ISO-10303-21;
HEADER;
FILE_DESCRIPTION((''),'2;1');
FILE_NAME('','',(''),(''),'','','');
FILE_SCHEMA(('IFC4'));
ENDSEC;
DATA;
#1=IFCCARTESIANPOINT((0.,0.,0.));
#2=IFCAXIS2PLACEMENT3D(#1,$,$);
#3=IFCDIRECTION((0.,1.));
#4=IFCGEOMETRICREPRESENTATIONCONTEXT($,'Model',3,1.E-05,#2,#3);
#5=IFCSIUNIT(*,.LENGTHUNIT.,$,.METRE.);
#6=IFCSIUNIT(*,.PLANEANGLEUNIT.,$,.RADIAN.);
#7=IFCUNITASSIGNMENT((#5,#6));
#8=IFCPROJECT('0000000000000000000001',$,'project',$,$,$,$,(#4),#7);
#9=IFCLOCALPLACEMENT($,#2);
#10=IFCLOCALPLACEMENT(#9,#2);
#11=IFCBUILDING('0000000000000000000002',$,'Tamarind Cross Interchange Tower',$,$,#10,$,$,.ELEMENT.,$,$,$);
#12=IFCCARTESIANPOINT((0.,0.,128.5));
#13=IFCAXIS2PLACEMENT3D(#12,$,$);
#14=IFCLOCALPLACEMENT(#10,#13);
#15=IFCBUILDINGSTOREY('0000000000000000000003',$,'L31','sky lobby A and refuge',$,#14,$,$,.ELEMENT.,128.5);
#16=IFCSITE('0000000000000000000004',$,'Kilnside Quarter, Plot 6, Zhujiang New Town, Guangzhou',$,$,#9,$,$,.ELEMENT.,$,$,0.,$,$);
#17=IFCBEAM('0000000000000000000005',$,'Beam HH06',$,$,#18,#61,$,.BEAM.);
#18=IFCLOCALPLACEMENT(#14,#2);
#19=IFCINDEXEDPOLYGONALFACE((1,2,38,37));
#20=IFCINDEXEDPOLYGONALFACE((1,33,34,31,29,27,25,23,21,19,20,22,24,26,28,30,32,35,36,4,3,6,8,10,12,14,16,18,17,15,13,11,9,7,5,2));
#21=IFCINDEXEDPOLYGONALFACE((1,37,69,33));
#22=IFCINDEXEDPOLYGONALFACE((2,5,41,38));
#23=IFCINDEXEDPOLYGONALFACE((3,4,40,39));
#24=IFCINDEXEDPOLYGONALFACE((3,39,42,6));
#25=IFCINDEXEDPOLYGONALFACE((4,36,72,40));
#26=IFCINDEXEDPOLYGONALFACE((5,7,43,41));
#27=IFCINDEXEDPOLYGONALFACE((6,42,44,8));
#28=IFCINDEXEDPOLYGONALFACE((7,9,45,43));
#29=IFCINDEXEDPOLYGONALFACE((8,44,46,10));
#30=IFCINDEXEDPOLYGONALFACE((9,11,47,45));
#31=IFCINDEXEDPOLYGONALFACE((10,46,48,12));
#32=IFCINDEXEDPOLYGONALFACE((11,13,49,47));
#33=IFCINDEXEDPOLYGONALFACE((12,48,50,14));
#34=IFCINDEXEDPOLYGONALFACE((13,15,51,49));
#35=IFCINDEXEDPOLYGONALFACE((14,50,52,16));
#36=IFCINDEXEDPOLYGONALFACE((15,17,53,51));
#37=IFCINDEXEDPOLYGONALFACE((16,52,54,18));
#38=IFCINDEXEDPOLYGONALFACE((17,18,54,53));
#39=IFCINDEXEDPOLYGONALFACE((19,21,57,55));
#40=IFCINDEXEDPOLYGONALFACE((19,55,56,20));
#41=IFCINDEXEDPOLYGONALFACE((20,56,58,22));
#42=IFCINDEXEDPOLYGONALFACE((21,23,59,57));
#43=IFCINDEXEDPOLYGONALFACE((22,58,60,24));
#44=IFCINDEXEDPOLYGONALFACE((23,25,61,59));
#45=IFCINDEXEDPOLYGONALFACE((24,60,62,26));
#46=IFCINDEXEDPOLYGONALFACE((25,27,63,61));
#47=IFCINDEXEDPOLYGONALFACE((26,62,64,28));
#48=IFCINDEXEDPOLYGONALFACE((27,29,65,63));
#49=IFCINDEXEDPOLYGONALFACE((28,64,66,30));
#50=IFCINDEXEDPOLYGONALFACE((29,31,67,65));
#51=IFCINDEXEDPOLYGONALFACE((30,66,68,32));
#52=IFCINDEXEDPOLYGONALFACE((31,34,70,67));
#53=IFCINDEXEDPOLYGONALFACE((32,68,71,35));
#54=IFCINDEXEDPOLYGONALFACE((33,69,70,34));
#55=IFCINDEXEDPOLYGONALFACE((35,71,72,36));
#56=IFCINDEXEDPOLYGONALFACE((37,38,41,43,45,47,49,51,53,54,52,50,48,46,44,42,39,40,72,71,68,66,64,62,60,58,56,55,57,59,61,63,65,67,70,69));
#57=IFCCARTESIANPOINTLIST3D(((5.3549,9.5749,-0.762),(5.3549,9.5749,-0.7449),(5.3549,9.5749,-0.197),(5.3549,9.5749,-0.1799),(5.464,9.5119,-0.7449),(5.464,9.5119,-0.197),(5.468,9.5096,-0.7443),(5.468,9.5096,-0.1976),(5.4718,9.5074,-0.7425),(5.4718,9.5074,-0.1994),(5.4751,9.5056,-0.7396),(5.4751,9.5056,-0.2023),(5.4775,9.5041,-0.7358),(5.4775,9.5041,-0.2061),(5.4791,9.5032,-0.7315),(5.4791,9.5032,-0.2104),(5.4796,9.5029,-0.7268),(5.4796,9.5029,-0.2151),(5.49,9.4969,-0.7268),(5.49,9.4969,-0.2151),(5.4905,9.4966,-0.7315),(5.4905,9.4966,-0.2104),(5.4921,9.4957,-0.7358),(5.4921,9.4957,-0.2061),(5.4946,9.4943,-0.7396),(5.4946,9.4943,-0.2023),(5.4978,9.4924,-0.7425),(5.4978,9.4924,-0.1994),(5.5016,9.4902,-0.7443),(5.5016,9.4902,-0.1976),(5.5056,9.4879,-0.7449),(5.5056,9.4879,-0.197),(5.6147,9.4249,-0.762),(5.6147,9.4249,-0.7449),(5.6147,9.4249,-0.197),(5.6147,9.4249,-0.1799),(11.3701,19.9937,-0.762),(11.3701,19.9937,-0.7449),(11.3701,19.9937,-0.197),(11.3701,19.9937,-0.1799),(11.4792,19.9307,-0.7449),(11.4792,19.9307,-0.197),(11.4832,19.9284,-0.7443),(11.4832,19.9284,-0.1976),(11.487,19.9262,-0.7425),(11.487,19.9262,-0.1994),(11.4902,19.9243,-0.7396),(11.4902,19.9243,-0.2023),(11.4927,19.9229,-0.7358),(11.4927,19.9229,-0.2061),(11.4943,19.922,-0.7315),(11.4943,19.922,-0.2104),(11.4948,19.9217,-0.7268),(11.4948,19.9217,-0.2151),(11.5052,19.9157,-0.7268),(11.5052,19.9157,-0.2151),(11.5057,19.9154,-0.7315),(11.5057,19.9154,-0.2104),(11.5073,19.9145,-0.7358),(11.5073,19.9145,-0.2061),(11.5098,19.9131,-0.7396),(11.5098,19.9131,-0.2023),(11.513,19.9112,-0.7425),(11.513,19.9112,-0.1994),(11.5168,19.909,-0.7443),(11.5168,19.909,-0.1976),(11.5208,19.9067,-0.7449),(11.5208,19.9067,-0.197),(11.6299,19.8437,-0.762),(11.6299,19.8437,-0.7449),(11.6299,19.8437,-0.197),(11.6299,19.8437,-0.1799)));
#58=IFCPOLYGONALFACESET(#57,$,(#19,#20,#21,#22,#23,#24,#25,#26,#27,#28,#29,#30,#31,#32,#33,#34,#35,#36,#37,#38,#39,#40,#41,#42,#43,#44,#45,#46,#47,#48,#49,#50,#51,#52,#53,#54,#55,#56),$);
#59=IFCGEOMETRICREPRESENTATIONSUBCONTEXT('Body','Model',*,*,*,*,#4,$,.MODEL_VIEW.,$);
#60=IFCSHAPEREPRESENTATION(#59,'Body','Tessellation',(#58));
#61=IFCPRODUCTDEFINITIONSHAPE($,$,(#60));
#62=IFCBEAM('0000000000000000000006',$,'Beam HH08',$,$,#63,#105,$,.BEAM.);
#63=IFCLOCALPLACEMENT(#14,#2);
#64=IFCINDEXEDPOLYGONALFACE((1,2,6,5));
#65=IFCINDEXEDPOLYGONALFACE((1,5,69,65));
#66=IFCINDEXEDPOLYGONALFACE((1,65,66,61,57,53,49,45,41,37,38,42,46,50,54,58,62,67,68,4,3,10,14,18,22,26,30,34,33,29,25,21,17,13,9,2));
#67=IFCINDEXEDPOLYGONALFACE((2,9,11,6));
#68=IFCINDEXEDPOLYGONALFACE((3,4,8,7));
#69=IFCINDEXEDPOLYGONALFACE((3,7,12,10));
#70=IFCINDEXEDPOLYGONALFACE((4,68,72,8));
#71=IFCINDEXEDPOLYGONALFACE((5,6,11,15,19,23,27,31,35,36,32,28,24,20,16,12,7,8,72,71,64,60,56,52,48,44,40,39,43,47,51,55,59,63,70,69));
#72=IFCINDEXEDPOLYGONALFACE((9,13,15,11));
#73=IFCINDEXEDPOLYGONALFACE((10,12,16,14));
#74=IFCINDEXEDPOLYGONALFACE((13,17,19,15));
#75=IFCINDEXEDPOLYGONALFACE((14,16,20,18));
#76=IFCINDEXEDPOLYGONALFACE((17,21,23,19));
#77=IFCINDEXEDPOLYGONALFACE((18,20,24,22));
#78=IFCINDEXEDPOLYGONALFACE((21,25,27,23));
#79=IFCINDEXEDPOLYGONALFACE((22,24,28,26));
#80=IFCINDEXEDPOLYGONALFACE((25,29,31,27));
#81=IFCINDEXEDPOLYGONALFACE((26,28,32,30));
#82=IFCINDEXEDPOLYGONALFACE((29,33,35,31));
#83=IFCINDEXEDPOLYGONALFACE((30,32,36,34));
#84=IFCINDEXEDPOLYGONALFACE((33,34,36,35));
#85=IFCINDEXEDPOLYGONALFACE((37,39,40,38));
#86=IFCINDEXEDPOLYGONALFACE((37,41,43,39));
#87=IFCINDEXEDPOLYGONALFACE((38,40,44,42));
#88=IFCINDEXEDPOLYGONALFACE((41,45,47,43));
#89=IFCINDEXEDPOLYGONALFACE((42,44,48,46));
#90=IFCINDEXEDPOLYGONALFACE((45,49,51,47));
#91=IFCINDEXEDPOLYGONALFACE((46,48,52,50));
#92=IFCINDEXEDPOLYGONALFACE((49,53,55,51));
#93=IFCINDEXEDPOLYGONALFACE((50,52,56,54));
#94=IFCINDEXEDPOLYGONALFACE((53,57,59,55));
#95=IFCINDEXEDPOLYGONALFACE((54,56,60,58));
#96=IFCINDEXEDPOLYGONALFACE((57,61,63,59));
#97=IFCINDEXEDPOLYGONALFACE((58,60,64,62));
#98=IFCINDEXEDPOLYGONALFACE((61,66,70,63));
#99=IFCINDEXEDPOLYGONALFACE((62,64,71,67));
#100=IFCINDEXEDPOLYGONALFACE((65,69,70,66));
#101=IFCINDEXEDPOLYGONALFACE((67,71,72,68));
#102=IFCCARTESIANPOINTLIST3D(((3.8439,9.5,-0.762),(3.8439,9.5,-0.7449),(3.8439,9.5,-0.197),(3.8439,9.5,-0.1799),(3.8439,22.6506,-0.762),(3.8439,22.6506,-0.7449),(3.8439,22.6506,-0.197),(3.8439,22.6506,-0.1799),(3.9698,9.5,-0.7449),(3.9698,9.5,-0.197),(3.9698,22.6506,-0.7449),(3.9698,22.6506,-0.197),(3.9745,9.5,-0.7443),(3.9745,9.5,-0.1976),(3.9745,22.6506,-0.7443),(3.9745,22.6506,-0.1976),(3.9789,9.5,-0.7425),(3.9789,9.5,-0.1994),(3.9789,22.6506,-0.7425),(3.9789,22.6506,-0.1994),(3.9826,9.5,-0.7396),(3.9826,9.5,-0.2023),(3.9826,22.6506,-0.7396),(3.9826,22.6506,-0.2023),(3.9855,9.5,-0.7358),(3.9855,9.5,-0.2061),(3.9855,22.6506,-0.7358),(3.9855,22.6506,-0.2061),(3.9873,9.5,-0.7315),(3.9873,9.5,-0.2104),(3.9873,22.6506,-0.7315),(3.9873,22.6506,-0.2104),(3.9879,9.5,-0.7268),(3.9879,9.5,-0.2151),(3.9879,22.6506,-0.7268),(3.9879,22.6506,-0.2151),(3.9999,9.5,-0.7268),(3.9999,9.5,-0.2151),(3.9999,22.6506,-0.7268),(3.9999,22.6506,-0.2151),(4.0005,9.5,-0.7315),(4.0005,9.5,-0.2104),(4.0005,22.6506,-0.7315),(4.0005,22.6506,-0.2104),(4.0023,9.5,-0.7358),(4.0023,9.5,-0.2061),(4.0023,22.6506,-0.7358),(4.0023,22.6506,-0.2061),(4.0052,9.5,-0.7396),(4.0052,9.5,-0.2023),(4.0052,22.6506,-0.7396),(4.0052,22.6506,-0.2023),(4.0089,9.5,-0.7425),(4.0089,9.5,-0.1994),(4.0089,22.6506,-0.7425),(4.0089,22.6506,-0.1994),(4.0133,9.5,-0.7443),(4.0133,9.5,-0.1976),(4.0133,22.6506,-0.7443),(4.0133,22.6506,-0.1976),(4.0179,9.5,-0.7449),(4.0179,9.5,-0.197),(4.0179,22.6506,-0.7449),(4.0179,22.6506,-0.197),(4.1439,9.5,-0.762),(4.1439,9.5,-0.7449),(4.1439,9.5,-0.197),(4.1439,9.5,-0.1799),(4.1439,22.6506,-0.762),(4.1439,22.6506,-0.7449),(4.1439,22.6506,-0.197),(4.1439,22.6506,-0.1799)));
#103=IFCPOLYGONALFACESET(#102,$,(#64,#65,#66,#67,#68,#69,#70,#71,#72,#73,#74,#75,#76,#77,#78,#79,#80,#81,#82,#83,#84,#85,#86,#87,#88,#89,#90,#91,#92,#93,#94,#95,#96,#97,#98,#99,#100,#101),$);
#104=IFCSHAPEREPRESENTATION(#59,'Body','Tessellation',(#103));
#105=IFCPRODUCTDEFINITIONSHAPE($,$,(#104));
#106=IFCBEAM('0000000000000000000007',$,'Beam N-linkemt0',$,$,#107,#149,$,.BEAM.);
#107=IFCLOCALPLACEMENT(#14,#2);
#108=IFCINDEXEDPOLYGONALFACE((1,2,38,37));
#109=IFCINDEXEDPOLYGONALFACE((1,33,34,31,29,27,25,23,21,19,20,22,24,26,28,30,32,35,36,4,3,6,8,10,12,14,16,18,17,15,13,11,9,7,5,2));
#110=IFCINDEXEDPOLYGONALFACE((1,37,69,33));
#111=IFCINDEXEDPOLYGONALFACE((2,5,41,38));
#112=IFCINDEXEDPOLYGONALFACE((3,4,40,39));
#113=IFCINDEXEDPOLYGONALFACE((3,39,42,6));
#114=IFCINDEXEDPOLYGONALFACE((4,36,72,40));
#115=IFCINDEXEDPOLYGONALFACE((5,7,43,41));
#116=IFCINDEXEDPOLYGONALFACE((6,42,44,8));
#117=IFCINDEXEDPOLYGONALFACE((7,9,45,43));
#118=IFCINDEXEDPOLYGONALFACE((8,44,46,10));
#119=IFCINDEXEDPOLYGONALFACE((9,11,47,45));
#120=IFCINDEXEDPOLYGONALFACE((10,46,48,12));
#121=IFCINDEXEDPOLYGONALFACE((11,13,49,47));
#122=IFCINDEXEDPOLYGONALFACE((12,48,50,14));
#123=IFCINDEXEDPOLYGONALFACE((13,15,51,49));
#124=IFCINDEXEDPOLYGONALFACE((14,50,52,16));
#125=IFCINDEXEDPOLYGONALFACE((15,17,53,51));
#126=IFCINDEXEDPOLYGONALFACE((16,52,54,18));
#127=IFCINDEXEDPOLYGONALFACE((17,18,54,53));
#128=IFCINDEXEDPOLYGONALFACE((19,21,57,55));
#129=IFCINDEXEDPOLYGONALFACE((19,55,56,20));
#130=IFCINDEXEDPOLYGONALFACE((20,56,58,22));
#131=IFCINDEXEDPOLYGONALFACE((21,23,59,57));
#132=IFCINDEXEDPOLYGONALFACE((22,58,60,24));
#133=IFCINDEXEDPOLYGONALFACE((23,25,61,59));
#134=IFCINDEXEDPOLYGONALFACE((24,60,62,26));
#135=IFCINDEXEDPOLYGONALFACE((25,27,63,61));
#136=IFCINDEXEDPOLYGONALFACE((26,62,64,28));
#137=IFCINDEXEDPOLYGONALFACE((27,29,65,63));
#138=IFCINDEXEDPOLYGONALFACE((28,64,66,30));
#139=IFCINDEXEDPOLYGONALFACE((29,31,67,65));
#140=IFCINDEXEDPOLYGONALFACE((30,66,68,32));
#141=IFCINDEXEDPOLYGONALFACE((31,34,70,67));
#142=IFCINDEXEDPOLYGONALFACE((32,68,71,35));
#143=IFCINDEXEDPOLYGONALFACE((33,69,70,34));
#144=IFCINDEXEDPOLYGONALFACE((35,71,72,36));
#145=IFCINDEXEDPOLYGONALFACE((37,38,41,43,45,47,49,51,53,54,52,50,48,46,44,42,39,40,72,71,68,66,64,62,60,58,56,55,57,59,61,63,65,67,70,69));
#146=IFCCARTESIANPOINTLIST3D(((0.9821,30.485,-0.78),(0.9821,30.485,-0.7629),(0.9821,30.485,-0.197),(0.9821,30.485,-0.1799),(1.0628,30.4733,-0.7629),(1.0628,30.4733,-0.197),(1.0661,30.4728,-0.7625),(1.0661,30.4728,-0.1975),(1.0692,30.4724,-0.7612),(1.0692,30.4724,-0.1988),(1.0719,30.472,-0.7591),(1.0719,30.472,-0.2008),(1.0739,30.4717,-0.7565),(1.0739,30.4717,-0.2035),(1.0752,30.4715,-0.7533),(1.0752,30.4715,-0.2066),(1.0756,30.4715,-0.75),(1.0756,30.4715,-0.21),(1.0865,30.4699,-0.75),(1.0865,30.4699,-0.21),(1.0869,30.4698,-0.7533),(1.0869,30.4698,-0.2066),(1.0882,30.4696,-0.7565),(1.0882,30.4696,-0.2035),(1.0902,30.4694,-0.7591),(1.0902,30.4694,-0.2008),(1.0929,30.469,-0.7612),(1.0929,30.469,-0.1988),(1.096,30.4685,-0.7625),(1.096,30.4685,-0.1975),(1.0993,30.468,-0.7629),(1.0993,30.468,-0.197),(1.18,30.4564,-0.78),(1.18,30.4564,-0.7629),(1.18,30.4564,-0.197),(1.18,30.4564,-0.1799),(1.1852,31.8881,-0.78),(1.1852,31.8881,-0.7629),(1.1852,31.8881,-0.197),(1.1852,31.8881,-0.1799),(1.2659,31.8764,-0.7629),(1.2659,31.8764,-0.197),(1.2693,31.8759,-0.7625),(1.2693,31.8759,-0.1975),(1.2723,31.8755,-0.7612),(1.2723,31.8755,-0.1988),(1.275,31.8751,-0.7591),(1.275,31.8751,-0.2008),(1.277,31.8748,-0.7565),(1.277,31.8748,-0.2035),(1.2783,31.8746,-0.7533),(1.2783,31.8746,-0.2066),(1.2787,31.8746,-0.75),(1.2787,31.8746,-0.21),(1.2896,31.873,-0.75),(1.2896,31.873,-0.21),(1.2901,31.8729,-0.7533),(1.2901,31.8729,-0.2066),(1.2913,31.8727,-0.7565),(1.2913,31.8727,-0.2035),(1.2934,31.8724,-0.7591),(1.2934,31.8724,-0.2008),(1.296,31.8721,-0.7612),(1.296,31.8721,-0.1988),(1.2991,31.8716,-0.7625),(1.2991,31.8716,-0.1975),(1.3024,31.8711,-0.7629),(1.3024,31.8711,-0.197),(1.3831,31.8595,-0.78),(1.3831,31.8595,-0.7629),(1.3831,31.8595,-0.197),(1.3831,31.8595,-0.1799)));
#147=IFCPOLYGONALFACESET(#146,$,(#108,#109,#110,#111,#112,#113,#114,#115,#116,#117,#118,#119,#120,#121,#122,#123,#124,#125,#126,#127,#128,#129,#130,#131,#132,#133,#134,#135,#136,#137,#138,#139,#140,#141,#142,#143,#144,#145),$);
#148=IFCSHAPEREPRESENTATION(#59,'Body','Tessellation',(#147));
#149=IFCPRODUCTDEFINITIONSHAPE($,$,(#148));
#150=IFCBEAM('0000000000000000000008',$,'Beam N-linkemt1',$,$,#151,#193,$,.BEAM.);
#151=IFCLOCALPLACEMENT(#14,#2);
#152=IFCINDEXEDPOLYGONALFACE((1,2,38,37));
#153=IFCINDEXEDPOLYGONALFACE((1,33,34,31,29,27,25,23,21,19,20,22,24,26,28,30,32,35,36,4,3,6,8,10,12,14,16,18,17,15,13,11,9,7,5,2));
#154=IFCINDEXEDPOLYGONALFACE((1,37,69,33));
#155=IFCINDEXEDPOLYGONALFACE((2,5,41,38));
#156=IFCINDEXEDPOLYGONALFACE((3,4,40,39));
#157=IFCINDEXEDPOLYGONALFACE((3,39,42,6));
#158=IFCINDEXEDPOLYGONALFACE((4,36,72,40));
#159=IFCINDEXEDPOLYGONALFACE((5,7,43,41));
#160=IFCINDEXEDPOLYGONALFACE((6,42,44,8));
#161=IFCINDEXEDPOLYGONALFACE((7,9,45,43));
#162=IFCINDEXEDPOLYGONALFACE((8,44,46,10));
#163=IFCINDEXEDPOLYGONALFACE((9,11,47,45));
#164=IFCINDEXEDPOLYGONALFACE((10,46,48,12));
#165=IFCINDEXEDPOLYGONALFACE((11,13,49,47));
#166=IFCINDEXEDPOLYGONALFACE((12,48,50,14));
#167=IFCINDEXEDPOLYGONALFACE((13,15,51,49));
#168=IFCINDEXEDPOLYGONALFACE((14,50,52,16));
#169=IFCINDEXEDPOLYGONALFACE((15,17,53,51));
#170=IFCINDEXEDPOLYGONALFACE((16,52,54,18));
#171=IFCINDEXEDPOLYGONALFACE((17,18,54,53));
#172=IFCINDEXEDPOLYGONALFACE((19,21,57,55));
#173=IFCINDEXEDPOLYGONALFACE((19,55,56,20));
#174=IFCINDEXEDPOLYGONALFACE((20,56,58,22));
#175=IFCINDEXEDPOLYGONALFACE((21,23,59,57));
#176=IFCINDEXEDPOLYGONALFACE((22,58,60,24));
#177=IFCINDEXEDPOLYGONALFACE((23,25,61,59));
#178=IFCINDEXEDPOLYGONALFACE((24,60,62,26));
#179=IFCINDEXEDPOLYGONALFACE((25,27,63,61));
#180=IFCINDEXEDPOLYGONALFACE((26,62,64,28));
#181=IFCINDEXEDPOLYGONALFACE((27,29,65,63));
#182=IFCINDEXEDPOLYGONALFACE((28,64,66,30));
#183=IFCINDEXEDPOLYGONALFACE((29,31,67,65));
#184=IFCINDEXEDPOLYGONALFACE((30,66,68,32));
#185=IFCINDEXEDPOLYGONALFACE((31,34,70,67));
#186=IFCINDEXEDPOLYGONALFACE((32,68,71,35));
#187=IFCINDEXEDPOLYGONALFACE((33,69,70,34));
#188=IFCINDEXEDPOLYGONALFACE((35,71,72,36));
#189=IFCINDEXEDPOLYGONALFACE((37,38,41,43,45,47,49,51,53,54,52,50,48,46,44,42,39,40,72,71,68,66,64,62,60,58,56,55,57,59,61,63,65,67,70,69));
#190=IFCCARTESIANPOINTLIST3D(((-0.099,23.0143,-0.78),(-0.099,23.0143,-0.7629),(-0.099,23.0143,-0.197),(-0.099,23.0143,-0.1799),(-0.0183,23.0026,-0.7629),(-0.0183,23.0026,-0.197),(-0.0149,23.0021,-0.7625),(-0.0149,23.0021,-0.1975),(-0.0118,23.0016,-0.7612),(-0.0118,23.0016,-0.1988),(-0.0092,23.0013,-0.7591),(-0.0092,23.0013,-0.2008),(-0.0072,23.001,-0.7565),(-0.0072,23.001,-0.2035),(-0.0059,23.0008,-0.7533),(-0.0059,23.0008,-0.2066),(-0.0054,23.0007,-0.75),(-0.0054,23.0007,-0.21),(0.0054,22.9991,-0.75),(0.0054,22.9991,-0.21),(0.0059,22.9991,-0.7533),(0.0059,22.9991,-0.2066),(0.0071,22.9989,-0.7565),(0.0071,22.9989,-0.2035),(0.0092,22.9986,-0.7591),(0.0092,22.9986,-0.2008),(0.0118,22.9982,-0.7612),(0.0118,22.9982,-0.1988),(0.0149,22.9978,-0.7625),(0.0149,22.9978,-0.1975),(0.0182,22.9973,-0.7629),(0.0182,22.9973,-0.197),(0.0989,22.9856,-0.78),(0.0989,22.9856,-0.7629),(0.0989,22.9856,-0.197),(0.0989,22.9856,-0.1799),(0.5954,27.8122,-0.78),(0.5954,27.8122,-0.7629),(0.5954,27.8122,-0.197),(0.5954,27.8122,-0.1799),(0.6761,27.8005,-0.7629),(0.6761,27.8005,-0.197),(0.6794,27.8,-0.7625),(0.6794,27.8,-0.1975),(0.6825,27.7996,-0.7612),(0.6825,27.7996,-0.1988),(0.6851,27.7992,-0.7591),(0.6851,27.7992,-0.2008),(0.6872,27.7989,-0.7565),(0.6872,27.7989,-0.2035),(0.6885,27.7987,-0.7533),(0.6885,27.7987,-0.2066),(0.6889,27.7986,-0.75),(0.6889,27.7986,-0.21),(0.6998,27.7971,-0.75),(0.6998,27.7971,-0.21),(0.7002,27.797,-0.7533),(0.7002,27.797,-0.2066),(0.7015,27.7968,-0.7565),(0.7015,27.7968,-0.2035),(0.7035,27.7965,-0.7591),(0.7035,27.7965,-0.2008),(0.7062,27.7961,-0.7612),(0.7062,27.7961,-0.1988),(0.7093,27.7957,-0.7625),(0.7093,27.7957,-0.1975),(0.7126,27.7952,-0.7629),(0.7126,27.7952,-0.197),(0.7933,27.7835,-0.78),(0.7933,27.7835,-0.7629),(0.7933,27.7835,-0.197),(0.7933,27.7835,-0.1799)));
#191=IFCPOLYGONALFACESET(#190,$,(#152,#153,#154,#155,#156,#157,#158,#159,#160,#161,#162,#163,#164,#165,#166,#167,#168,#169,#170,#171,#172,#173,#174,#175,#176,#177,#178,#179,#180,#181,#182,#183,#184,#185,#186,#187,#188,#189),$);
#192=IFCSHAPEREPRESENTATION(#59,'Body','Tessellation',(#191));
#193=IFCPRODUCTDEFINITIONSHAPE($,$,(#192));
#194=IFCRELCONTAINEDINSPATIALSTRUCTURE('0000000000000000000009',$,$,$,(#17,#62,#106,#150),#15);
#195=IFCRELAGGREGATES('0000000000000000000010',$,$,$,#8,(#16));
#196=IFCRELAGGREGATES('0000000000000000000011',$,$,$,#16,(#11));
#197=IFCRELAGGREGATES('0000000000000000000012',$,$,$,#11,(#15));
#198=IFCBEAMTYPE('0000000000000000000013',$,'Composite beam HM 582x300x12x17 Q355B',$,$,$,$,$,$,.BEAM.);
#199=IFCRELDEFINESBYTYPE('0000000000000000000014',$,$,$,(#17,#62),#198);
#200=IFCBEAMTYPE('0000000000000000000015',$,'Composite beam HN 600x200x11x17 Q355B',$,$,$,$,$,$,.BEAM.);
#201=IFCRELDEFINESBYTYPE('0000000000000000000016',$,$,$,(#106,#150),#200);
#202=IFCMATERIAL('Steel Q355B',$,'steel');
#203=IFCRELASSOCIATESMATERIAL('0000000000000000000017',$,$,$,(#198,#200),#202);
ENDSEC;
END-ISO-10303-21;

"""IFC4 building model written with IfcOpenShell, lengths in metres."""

from ifc_helpers import new_model, si_unit, direction, frame, origin, origin_2d, place, context, subcontext, project, spatial, i_section, extrude, material, material_profile, profile_set, type_object, element, save


model = new_model("IFC4")

# Units and contexts
model_context = context("Model", 3, precision=1e-05, world=origin(), true_north=direction((0.0, 1.0)))
body_context = subcontext(model_context, "Body", "Model", "MODEL_VIEW")
ifc_project = project(units=[si_unit("LENGTHUNIT", "METRE"), si_unit("PLANEANGLEUNIT", "RADIAN")], contexts=[model_context])

# Site, building, storey
site_placement = place(None, origin())
site = spatial("IfcSite", under=ifc_project, at=site_placement, Name="Kilnside Quarter, Plot 6, Zhujiang New Town, Guangzhou", CompositionType="ELEMENT", RefElevation=0.0)
building_placement = place(site_placement, origin())
building = spatial("IfcBuilding", under=site, at=building_placement, Name="Tamarind Cross Interchange Tower", CompositionType="ELEMENT")
storey_placement = place(building_placement, frame((0.0, 0.0, 128.5)))
storey = spatial("IfcBuildingStorey", under=building, at=storey_placement, Name="L31", Description="sky lobby A and refuge", CompositionType="ELEMENT", Elevation=128.5)

# Beams
ifc_material_1 = material(Name="Steel Q355B", Category="steel")
ifc_material_profile_1 = material_profile(ifc_material_1, i_section(OverallWidth=0.3, OverallDepth=0.582, WebThickness=0.012, FlangeThickness=0.0171, FilletRadius=0.0181, at=origin_2d()), Name="HM 582x300x12x17")
ifc_profile_set_1 = profile_set([ifc_material_profile_1], Name="Steel Q355B")
beam_type_1 = type_object("IfcBeamType", Name="Composite beam HM 582x300x12x17 Q355B", PredefinedType="BEAM", material=ifc_profile_set_1)
beam_1_placement = place(storey_placement, frame((11.5, 19.9187, -0.4709), z_axis=(-0.499994, -0.866029, 0.0), x_axis=(0.866029, -0.499994, 0.0)))
element("IfcBeam", 1, at=beam_1_placement, inside=storey, type_object=beam_type_1, Name="Beam HH06", PredefinedType="BEAM", context=body_context, shape_type="SweptSolid", body=[
    extrude(i_section(OverallWidth=0.3, OverallDepth=0.582, WebThickness=0.012, FlangeThickness=0.0171, FilletRadius=0.0181, at=origin_2d()), origin(), (0.0, 0.0, 1.0), 12.0305),
])
beam_2_placement = place(storey_placement, frame((3.9939, 22.6506, -0.4709), z_axis=(0.0, -1.0, 0.0), x_axis=(1.0, 0.0, 0.0)))
element("IfcBeam", 2, at=beam_2_placement, inside=storey, type_object=beam_type_1, Name="Beam HH08", PredefinedType="BEAM", context=body_context, shape_type="SweptSolid", body=[
    extrude(i_section(OverallWidth=0.3, OverallDepth=0.582, WebThickness=0.012, FlangeThickness=0.0171, FilletRadius=0.0181, at=origin_2d()), origin(), (0.0, 0.0, 1.0), 13.1506),
])
ifc_material_profile_2 = material_profile(ifc_material_1, i_section(OverallWidth=0.2, OverallDepth=0.6001, WebThickness=0.011, FlangeThickness=0.0171, FilletRadius=0.0129, at=origin_2d()), Name="HN 600x200x11x17")
ifc_profile_set_2 = profile_set([ifc_material_profile_2], Name="Steel Q355B")
beam_type_2 = type_object("IfcBeamType", Name="Composite beam HN 600x200x11x17 Q355B", PredefinedType="BEAM", material=ifc_profile_set_2)
beam_3_placement = place(storey_placement, frame((1.2842, 31.8738, -0.48), z_axis=(-0.143278, -0.989683, 0.0), x_axis=(0.989683, -0.143278, 0.0)))
element("IfcBeam", 3, at=beam_3_placement, inside=storey, type_object=beam_type_2, Name="Beam N-linkemt0", PredefinedType="BEAM", context=body_context, shape_type="SweptSolid", body=[
    extrude(i_section(OverallWidth=0.2, OverallDepth=0.6001, WebThickness=0.011, FlangeThickness=0.0171, FilletRadius=0.0129, at=origin_2d()), origin(), (0.0, 0.0, 1.0), 1.4177),
])
beam_4_placement = place(storey_placement, frame((0.6943, 27.7979, -0.48), z_axis=(-0.143226, -0.98969, 0.0), x_axis=(0.98969, -0.143226, 0.0)))
element("IfcBeam", 4, at=beam_4_placement, inside=storey, type_object=beam_type_2, Name="Beam N-linkemt1", PredefinedType="BEAM", context=body_context, shape_type="SweptSolid", body=[
    extrude(i_section(OverallWidth=0.2, OverallDepth=0.6001, WebThickness=0.011, FlangeThickness=0.0171, FilletRadius=0.0129, at=origin_2d()), origin(), (0.0, 0.0, 1.0), 4.8479),
])

save(model, "model.ifc")
